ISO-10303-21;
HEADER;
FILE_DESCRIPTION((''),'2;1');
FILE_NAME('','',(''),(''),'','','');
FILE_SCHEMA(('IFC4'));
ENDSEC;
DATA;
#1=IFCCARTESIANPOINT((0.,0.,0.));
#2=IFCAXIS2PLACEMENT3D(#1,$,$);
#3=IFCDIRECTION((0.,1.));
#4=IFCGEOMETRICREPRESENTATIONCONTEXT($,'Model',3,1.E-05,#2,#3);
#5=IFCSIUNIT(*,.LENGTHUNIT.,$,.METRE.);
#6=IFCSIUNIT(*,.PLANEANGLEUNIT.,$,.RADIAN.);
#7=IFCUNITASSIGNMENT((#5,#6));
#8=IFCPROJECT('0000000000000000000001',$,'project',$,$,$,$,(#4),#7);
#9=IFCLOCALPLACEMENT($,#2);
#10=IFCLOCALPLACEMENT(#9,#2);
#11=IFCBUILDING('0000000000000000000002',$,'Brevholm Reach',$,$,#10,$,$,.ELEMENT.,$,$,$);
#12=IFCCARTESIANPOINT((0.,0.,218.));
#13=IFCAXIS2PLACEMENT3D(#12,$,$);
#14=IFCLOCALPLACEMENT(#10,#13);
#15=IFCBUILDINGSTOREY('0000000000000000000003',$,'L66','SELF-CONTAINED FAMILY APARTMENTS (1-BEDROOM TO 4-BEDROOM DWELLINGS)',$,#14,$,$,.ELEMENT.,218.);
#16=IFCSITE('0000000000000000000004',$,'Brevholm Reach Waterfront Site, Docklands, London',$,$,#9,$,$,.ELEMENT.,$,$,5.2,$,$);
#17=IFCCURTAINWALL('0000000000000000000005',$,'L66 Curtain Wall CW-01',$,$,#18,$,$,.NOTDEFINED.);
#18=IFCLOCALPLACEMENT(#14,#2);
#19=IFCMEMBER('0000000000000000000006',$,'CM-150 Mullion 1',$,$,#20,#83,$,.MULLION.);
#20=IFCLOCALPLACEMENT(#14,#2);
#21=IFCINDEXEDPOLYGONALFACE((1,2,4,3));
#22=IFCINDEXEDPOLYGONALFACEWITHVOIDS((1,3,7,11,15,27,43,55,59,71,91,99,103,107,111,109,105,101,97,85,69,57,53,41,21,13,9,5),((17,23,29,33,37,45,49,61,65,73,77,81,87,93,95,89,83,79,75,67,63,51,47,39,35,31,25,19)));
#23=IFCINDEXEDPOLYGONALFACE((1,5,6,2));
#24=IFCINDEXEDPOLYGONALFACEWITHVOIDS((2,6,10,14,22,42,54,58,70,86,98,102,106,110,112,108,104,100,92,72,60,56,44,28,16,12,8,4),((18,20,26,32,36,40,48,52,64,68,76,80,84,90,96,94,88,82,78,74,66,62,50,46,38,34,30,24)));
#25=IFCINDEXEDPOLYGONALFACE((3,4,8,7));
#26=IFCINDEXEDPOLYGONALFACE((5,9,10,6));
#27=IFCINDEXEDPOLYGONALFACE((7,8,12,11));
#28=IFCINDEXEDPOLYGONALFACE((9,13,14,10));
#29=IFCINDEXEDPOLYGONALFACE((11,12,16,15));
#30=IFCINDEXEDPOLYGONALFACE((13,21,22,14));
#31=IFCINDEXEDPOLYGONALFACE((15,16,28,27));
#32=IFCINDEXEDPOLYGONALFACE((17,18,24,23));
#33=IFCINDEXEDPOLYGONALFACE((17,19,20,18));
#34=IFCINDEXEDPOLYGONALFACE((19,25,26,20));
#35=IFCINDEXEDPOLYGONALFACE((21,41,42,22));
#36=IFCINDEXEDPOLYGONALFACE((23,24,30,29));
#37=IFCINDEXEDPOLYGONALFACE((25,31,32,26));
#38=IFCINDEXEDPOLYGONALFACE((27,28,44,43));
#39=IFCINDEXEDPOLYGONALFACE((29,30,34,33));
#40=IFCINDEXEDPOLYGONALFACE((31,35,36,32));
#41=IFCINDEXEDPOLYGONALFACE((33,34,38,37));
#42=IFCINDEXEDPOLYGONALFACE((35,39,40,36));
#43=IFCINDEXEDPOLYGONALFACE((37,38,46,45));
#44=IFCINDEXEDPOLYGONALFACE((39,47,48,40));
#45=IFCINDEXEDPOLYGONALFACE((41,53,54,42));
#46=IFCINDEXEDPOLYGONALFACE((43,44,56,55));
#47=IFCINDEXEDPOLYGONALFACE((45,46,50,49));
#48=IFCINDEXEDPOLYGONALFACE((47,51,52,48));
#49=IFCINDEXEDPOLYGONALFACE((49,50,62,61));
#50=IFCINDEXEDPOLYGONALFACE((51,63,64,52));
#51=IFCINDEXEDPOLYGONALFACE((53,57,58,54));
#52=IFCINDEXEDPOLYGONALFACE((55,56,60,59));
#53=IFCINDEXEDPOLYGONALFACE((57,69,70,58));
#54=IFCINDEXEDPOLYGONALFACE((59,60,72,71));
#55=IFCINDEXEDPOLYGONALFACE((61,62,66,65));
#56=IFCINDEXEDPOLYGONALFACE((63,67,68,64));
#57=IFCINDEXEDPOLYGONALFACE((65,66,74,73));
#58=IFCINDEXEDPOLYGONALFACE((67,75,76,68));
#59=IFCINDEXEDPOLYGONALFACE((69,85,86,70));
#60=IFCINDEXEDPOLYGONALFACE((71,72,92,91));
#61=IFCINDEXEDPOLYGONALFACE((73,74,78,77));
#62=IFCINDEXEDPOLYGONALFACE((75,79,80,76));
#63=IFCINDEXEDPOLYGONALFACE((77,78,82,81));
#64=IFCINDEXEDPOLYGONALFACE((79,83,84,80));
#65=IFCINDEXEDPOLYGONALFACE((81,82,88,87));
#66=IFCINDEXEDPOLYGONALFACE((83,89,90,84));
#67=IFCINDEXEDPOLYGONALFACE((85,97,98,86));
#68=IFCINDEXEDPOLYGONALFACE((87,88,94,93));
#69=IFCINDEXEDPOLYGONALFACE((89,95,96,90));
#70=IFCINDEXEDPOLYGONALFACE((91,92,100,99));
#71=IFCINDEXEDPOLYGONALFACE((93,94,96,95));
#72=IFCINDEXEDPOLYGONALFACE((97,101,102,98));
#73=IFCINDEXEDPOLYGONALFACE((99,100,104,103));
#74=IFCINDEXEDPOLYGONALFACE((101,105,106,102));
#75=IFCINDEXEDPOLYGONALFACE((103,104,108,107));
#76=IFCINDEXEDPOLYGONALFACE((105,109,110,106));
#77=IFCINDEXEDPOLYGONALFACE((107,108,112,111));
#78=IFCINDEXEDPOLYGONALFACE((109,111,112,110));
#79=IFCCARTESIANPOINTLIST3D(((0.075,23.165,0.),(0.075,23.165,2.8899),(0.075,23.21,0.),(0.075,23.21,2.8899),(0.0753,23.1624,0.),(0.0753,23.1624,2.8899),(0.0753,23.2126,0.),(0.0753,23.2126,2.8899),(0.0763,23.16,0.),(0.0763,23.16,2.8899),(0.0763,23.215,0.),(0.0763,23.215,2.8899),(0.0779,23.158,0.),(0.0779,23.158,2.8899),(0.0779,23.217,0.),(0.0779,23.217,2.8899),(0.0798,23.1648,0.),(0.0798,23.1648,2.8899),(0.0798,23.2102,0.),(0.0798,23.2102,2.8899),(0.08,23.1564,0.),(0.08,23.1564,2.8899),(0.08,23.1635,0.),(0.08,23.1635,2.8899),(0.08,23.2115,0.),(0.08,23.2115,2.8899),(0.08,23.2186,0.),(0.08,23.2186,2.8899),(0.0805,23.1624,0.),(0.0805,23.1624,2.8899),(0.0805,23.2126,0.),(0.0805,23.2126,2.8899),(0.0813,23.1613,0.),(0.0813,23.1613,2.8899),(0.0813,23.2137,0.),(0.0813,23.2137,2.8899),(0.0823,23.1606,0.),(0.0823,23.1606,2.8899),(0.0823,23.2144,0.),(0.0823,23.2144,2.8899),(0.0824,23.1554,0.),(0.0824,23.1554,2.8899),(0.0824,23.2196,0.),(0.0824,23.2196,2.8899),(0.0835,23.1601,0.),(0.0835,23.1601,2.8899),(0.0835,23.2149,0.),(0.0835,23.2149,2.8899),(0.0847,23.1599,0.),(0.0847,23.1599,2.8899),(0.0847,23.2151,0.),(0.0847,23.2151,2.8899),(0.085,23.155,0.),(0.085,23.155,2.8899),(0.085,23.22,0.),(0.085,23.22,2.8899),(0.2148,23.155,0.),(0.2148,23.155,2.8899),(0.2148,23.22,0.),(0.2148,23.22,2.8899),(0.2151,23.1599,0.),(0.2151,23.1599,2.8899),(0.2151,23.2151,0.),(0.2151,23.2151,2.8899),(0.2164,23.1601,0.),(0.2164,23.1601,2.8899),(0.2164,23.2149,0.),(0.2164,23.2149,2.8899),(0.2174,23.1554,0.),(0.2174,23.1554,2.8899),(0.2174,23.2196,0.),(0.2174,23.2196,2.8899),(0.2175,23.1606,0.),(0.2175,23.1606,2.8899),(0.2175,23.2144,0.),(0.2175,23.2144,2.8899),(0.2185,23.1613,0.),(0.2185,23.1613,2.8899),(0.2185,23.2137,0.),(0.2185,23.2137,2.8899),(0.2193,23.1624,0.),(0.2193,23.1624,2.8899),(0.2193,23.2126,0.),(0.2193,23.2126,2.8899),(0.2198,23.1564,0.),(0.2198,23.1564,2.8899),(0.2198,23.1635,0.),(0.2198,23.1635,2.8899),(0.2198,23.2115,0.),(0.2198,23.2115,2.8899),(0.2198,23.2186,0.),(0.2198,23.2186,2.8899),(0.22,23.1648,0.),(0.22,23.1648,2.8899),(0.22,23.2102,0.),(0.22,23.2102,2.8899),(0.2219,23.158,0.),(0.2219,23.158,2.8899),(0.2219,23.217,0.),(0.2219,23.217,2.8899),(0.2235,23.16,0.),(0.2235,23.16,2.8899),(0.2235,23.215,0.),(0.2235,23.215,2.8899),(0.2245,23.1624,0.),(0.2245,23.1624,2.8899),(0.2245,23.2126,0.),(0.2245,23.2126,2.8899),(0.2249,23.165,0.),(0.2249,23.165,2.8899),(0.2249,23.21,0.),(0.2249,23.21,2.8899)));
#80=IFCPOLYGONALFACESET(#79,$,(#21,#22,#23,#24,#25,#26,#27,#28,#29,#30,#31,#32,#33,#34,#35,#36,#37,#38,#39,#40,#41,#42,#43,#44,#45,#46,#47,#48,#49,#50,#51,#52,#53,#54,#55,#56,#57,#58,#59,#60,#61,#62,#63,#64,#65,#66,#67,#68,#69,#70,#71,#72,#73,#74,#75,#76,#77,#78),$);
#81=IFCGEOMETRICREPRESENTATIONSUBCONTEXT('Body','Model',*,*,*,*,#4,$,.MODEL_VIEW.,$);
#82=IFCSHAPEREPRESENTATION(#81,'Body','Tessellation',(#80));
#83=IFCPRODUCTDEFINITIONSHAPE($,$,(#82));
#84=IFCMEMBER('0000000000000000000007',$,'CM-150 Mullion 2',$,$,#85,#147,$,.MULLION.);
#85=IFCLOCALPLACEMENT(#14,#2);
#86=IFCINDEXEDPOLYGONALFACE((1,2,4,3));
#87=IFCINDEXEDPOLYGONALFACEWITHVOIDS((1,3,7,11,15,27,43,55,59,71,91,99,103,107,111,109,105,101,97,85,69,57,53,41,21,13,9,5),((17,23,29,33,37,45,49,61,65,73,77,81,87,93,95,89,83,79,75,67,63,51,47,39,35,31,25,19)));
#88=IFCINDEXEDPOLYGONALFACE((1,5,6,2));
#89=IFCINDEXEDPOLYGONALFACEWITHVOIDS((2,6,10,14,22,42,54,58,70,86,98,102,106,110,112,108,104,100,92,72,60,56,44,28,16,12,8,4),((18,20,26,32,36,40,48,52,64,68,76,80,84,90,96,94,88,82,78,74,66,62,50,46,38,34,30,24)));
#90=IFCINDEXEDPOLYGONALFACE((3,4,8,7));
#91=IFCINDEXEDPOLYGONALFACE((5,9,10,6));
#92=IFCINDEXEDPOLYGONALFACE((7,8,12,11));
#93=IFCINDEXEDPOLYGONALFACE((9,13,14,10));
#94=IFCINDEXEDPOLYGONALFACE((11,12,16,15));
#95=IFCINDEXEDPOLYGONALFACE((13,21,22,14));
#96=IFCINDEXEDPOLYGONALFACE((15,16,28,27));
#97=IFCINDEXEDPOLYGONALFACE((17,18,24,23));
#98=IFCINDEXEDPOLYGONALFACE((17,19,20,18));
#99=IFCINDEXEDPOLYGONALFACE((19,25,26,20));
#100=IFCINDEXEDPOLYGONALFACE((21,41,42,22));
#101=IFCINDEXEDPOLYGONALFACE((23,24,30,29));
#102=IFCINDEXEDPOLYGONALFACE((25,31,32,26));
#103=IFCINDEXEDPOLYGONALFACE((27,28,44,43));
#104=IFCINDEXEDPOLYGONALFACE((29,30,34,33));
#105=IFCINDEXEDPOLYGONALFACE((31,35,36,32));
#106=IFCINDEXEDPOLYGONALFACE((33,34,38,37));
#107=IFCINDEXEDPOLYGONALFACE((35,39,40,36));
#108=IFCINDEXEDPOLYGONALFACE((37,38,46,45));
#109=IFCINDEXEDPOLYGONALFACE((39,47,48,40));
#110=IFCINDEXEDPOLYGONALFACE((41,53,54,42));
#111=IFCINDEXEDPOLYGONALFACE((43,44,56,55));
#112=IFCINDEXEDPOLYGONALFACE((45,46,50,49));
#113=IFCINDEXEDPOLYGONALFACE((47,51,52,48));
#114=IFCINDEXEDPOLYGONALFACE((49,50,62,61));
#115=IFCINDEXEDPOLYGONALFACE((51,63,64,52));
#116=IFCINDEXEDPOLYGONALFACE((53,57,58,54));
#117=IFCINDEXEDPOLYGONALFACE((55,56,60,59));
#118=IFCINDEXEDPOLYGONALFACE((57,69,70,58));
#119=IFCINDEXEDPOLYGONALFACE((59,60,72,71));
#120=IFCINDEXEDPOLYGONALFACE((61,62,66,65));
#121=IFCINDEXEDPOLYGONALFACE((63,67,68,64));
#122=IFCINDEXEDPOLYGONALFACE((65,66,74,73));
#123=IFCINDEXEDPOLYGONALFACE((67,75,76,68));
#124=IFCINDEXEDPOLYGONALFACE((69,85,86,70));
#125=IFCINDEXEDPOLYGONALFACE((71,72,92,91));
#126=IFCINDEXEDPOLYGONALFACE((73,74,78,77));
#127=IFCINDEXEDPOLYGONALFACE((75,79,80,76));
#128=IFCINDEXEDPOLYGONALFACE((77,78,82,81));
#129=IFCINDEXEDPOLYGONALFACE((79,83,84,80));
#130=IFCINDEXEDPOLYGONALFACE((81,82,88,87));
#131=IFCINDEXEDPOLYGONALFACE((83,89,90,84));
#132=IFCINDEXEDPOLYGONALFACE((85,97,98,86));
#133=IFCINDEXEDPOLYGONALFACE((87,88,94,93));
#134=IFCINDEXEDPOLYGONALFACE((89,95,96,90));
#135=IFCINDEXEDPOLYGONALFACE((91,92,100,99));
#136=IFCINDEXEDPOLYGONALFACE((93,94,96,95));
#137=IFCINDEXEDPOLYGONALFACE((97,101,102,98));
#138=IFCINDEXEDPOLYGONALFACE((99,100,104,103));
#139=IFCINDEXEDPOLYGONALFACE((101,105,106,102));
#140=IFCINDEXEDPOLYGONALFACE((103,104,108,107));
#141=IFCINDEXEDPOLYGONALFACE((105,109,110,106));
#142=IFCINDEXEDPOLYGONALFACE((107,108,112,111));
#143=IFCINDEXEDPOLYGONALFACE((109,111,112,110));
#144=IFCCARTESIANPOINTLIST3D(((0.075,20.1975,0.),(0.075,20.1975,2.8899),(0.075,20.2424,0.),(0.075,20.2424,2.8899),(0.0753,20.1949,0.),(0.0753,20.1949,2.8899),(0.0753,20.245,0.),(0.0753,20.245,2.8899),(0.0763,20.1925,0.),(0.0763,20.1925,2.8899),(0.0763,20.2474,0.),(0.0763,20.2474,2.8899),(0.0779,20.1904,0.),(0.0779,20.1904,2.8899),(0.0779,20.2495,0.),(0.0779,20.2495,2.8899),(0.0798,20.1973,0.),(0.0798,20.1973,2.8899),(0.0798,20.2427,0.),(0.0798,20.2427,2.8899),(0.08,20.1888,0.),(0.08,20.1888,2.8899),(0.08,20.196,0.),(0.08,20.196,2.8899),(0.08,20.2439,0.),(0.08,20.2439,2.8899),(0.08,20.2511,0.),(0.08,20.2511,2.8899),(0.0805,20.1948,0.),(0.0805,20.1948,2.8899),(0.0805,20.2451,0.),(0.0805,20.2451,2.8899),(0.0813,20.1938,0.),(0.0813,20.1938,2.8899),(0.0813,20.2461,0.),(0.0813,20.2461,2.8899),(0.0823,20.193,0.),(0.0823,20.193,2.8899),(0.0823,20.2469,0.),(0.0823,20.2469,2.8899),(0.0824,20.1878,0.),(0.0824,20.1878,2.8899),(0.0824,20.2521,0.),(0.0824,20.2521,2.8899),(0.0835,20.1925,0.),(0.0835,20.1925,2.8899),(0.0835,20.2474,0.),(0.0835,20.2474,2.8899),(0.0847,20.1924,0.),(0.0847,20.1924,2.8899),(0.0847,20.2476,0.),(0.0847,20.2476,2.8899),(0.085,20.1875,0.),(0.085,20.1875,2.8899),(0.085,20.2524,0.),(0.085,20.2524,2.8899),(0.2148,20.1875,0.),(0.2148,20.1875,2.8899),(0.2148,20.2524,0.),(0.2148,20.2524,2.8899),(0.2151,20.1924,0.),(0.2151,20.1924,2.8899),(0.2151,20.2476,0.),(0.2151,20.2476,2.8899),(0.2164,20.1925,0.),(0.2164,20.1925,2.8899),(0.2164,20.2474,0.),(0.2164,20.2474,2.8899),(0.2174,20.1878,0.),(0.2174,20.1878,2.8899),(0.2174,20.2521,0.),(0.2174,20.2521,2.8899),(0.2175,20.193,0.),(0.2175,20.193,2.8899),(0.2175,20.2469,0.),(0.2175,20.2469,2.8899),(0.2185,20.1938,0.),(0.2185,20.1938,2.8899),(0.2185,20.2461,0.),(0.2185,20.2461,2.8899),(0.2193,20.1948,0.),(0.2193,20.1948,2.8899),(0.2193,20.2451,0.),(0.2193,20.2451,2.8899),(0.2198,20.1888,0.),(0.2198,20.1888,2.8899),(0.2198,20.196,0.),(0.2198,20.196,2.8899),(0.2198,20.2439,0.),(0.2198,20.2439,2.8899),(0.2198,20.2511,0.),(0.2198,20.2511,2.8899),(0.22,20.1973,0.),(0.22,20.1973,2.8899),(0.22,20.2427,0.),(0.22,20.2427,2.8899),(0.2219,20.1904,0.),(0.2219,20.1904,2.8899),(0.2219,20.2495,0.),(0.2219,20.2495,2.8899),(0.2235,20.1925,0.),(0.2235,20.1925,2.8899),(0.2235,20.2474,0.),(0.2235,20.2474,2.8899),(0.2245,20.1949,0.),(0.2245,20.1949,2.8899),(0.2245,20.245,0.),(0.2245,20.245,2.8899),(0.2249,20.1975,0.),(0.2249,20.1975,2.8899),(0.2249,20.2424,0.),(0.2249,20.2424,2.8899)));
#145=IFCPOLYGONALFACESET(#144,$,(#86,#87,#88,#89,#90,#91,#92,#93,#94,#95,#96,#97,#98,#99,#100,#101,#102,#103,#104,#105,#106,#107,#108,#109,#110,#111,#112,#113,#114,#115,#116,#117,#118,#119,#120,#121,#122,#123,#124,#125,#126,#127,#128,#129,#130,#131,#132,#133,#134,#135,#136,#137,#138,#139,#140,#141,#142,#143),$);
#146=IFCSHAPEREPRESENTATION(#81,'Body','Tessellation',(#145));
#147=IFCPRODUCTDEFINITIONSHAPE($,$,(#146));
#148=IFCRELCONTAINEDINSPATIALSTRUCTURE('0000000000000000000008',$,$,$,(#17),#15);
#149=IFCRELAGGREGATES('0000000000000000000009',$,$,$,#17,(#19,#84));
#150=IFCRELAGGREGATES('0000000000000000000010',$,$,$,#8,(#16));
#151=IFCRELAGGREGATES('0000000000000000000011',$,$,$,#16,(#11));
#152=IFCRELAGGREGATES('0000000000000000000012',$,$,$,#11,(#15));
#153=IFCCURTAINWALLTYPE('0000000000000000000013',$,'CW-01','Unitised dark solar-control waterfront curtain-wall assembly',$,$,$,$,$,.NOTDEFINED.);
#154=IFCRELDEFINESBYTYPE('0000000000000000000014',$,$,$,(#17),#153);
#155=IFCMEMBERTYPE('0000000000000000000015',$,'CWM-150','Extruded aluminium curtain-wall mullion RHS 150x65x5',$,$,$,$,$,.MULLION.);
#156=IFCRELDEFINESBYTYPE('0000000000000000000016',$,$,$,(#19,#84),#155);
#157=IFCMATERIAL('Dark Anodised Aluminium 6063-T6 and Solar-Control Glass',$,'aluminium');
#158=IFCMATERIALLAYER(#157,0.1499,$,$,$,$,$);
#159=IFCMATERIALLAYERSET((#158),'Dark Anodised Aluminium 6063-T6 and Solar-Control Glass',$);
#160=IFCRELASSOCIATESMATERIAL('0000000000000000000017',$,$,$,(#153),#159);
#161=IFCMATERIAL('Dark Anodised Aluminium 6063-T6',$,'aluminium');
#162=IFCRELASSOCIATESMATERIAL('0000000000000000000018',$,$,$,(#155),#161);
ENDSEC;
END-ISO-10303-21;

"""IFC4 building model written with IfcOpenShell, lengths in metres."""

from ifc_helpers import new_model, si_unit, direction, frame, origin, origin_2d, place, context, subcontext, project, spatial, hollow_rectangle, extrude, material, layer, layer_set, material_profile, profile_set, type_object, element, aggregate, save


model = new_model("IFC4")

# Units and contexts
model_context = context("Model", 3, precision=1e-05, world=origin(), true_north=direction((0.0, 1.0)))
body_context = subcontext(model_context, "Body", "Model", "MODEL_VIEW")
ifc_project = project(units=[si_unit("LENGTHUNIT", "METRE"), si_unit("PLANEANGLEUNIT", "RADIAN")], contexts=[model_context])

# Site, building, storey
site_placement = place(None, origin())
site = spatial("IfcSite", under=ifc_project, at=site_placement, Name="Brevholm Reach Waterfront Site, Docklands, London", CompositionType="ELEMENT", RefElevation=5.2)
building_placement = place(site_placement, origin())
building = spatial("IfcBuilding", under=site, at=building_placement, Name="Brevholm Reach", CompositionType="ELEMENT")
storey_placement = place(building_placement, frame((0.0, 0.0, 218.0)))
storey = spatial("IfcBuildingStorey", under=building, at=storey_placement, Name="L66", Description="SELF-CONTAINED FAMILY APARTMENTS (1-BEDROOM TO 4-BEDROOM DWELLINGS)", CompositionType="ELEMENT", Elevation=218.0)

# Curtain wall, members
ifc_material_1 = material(Name="Dark Anodised Aluminium 6063-T6 and Solar-Control Glass", Category="aluminium")
ifc_layer_1 = layer(ifc_material_1, 0.1499)
ifc_layer_set_1 = layer_set([ifc_layer_1], Name="Dark Anodised Aluminium 6063-T6 and Solar-Control Glass")
curtain_wall_type = type_object("IfcCurtainWallType", Name="CW-01", Description="Unitised dark solar-control waterfront curtain-wall assembly", PredefinedType="NOTDEFINED", material=ifc_layer_set_1)
curtain_wall_1_placement = place(storey_placement, origin())
curtain_wall_1 = element("IfcCurtainWall", 1, at=curtain_wall_1_placement, inside=storey, type_object=curtain_wall_type, Name="L66 Curtain Wall CW-01", PredefinedType="NOTDEFINED")
ifc_material_2 = material(Name="Dark Anodised Aluminium 6063-T6", Category="aluminium")
ifc_material_profile_1 = material_profile(ifc_material_2, hollow_rectangle(XDim=0.0649, YDim=0.1499, WallThickness=0.0049, InnerFilletRadius=0.0049, OuterFilletRadius=0.01, at=origin_2d()), Name="RHS 150x65x5")
ifc_profile_set_1 = profile_set([ifc_material_profile_1], Name="Dark Anodised Aluminium 6063-T6")
member_type_1 = type_object("IfcMemberType", Name="CWM-150", Description="Extruded aluminium curtain-wall mullion RHS 150x65x5", PredefinedType="MULLION", material=ifc_profile_set_1)
member_1_placement = place(storey_placement, frame((0.1499, 23.1875, 0.0), z_axis=(0.0, 0.0, 1.0), x_axis=(0.0, -1.0, 0.0)))
member_1 = element("IfcMember", 2, at=member_1_placement, type_object=member_type_1, Name="CM-150 Mullion 1", PredefinedType="MULLION", context=body_context, shape_type="SweptSolid", body=[
    extrude(hollow_rectangle(XDim=0.0649, YDim=0.1499, WallThickness=0.0049, InnerFilletRadius=0.0049, OuterFilletRadius=0.01, at=origin_2d()), origin(), (0.0, 0.0, 1.0), 2.8899),
])
member_2_placement = place(storey_placement, frame((0.1499, 20.22, 0.0), z_axis=(0.0, 0.0, 1.0), x_axis=(0.0, -1.0, 0.0)))
member_2 = element("IfcMember", 3, at=member_2_placement, type_object=member_type_1, Name="CM-150 Mullion 2", PredefinedType="MULLION", context=body_context, shape_type="SweptSolid", body=[
    extrude(hollow_rectangle(XDim=0.0649, YDim=0.1499, WallThickness=0.0049, InnerFilletRadius=0.0049, OuterFilletRadius=0.01, at=origin_2d()), origin(), (0.0, 0.0, 1.0), 2.8899),
])

aggregate(curtain_wall_1, [member_1, member_2])

save(model, "model.ifc")
